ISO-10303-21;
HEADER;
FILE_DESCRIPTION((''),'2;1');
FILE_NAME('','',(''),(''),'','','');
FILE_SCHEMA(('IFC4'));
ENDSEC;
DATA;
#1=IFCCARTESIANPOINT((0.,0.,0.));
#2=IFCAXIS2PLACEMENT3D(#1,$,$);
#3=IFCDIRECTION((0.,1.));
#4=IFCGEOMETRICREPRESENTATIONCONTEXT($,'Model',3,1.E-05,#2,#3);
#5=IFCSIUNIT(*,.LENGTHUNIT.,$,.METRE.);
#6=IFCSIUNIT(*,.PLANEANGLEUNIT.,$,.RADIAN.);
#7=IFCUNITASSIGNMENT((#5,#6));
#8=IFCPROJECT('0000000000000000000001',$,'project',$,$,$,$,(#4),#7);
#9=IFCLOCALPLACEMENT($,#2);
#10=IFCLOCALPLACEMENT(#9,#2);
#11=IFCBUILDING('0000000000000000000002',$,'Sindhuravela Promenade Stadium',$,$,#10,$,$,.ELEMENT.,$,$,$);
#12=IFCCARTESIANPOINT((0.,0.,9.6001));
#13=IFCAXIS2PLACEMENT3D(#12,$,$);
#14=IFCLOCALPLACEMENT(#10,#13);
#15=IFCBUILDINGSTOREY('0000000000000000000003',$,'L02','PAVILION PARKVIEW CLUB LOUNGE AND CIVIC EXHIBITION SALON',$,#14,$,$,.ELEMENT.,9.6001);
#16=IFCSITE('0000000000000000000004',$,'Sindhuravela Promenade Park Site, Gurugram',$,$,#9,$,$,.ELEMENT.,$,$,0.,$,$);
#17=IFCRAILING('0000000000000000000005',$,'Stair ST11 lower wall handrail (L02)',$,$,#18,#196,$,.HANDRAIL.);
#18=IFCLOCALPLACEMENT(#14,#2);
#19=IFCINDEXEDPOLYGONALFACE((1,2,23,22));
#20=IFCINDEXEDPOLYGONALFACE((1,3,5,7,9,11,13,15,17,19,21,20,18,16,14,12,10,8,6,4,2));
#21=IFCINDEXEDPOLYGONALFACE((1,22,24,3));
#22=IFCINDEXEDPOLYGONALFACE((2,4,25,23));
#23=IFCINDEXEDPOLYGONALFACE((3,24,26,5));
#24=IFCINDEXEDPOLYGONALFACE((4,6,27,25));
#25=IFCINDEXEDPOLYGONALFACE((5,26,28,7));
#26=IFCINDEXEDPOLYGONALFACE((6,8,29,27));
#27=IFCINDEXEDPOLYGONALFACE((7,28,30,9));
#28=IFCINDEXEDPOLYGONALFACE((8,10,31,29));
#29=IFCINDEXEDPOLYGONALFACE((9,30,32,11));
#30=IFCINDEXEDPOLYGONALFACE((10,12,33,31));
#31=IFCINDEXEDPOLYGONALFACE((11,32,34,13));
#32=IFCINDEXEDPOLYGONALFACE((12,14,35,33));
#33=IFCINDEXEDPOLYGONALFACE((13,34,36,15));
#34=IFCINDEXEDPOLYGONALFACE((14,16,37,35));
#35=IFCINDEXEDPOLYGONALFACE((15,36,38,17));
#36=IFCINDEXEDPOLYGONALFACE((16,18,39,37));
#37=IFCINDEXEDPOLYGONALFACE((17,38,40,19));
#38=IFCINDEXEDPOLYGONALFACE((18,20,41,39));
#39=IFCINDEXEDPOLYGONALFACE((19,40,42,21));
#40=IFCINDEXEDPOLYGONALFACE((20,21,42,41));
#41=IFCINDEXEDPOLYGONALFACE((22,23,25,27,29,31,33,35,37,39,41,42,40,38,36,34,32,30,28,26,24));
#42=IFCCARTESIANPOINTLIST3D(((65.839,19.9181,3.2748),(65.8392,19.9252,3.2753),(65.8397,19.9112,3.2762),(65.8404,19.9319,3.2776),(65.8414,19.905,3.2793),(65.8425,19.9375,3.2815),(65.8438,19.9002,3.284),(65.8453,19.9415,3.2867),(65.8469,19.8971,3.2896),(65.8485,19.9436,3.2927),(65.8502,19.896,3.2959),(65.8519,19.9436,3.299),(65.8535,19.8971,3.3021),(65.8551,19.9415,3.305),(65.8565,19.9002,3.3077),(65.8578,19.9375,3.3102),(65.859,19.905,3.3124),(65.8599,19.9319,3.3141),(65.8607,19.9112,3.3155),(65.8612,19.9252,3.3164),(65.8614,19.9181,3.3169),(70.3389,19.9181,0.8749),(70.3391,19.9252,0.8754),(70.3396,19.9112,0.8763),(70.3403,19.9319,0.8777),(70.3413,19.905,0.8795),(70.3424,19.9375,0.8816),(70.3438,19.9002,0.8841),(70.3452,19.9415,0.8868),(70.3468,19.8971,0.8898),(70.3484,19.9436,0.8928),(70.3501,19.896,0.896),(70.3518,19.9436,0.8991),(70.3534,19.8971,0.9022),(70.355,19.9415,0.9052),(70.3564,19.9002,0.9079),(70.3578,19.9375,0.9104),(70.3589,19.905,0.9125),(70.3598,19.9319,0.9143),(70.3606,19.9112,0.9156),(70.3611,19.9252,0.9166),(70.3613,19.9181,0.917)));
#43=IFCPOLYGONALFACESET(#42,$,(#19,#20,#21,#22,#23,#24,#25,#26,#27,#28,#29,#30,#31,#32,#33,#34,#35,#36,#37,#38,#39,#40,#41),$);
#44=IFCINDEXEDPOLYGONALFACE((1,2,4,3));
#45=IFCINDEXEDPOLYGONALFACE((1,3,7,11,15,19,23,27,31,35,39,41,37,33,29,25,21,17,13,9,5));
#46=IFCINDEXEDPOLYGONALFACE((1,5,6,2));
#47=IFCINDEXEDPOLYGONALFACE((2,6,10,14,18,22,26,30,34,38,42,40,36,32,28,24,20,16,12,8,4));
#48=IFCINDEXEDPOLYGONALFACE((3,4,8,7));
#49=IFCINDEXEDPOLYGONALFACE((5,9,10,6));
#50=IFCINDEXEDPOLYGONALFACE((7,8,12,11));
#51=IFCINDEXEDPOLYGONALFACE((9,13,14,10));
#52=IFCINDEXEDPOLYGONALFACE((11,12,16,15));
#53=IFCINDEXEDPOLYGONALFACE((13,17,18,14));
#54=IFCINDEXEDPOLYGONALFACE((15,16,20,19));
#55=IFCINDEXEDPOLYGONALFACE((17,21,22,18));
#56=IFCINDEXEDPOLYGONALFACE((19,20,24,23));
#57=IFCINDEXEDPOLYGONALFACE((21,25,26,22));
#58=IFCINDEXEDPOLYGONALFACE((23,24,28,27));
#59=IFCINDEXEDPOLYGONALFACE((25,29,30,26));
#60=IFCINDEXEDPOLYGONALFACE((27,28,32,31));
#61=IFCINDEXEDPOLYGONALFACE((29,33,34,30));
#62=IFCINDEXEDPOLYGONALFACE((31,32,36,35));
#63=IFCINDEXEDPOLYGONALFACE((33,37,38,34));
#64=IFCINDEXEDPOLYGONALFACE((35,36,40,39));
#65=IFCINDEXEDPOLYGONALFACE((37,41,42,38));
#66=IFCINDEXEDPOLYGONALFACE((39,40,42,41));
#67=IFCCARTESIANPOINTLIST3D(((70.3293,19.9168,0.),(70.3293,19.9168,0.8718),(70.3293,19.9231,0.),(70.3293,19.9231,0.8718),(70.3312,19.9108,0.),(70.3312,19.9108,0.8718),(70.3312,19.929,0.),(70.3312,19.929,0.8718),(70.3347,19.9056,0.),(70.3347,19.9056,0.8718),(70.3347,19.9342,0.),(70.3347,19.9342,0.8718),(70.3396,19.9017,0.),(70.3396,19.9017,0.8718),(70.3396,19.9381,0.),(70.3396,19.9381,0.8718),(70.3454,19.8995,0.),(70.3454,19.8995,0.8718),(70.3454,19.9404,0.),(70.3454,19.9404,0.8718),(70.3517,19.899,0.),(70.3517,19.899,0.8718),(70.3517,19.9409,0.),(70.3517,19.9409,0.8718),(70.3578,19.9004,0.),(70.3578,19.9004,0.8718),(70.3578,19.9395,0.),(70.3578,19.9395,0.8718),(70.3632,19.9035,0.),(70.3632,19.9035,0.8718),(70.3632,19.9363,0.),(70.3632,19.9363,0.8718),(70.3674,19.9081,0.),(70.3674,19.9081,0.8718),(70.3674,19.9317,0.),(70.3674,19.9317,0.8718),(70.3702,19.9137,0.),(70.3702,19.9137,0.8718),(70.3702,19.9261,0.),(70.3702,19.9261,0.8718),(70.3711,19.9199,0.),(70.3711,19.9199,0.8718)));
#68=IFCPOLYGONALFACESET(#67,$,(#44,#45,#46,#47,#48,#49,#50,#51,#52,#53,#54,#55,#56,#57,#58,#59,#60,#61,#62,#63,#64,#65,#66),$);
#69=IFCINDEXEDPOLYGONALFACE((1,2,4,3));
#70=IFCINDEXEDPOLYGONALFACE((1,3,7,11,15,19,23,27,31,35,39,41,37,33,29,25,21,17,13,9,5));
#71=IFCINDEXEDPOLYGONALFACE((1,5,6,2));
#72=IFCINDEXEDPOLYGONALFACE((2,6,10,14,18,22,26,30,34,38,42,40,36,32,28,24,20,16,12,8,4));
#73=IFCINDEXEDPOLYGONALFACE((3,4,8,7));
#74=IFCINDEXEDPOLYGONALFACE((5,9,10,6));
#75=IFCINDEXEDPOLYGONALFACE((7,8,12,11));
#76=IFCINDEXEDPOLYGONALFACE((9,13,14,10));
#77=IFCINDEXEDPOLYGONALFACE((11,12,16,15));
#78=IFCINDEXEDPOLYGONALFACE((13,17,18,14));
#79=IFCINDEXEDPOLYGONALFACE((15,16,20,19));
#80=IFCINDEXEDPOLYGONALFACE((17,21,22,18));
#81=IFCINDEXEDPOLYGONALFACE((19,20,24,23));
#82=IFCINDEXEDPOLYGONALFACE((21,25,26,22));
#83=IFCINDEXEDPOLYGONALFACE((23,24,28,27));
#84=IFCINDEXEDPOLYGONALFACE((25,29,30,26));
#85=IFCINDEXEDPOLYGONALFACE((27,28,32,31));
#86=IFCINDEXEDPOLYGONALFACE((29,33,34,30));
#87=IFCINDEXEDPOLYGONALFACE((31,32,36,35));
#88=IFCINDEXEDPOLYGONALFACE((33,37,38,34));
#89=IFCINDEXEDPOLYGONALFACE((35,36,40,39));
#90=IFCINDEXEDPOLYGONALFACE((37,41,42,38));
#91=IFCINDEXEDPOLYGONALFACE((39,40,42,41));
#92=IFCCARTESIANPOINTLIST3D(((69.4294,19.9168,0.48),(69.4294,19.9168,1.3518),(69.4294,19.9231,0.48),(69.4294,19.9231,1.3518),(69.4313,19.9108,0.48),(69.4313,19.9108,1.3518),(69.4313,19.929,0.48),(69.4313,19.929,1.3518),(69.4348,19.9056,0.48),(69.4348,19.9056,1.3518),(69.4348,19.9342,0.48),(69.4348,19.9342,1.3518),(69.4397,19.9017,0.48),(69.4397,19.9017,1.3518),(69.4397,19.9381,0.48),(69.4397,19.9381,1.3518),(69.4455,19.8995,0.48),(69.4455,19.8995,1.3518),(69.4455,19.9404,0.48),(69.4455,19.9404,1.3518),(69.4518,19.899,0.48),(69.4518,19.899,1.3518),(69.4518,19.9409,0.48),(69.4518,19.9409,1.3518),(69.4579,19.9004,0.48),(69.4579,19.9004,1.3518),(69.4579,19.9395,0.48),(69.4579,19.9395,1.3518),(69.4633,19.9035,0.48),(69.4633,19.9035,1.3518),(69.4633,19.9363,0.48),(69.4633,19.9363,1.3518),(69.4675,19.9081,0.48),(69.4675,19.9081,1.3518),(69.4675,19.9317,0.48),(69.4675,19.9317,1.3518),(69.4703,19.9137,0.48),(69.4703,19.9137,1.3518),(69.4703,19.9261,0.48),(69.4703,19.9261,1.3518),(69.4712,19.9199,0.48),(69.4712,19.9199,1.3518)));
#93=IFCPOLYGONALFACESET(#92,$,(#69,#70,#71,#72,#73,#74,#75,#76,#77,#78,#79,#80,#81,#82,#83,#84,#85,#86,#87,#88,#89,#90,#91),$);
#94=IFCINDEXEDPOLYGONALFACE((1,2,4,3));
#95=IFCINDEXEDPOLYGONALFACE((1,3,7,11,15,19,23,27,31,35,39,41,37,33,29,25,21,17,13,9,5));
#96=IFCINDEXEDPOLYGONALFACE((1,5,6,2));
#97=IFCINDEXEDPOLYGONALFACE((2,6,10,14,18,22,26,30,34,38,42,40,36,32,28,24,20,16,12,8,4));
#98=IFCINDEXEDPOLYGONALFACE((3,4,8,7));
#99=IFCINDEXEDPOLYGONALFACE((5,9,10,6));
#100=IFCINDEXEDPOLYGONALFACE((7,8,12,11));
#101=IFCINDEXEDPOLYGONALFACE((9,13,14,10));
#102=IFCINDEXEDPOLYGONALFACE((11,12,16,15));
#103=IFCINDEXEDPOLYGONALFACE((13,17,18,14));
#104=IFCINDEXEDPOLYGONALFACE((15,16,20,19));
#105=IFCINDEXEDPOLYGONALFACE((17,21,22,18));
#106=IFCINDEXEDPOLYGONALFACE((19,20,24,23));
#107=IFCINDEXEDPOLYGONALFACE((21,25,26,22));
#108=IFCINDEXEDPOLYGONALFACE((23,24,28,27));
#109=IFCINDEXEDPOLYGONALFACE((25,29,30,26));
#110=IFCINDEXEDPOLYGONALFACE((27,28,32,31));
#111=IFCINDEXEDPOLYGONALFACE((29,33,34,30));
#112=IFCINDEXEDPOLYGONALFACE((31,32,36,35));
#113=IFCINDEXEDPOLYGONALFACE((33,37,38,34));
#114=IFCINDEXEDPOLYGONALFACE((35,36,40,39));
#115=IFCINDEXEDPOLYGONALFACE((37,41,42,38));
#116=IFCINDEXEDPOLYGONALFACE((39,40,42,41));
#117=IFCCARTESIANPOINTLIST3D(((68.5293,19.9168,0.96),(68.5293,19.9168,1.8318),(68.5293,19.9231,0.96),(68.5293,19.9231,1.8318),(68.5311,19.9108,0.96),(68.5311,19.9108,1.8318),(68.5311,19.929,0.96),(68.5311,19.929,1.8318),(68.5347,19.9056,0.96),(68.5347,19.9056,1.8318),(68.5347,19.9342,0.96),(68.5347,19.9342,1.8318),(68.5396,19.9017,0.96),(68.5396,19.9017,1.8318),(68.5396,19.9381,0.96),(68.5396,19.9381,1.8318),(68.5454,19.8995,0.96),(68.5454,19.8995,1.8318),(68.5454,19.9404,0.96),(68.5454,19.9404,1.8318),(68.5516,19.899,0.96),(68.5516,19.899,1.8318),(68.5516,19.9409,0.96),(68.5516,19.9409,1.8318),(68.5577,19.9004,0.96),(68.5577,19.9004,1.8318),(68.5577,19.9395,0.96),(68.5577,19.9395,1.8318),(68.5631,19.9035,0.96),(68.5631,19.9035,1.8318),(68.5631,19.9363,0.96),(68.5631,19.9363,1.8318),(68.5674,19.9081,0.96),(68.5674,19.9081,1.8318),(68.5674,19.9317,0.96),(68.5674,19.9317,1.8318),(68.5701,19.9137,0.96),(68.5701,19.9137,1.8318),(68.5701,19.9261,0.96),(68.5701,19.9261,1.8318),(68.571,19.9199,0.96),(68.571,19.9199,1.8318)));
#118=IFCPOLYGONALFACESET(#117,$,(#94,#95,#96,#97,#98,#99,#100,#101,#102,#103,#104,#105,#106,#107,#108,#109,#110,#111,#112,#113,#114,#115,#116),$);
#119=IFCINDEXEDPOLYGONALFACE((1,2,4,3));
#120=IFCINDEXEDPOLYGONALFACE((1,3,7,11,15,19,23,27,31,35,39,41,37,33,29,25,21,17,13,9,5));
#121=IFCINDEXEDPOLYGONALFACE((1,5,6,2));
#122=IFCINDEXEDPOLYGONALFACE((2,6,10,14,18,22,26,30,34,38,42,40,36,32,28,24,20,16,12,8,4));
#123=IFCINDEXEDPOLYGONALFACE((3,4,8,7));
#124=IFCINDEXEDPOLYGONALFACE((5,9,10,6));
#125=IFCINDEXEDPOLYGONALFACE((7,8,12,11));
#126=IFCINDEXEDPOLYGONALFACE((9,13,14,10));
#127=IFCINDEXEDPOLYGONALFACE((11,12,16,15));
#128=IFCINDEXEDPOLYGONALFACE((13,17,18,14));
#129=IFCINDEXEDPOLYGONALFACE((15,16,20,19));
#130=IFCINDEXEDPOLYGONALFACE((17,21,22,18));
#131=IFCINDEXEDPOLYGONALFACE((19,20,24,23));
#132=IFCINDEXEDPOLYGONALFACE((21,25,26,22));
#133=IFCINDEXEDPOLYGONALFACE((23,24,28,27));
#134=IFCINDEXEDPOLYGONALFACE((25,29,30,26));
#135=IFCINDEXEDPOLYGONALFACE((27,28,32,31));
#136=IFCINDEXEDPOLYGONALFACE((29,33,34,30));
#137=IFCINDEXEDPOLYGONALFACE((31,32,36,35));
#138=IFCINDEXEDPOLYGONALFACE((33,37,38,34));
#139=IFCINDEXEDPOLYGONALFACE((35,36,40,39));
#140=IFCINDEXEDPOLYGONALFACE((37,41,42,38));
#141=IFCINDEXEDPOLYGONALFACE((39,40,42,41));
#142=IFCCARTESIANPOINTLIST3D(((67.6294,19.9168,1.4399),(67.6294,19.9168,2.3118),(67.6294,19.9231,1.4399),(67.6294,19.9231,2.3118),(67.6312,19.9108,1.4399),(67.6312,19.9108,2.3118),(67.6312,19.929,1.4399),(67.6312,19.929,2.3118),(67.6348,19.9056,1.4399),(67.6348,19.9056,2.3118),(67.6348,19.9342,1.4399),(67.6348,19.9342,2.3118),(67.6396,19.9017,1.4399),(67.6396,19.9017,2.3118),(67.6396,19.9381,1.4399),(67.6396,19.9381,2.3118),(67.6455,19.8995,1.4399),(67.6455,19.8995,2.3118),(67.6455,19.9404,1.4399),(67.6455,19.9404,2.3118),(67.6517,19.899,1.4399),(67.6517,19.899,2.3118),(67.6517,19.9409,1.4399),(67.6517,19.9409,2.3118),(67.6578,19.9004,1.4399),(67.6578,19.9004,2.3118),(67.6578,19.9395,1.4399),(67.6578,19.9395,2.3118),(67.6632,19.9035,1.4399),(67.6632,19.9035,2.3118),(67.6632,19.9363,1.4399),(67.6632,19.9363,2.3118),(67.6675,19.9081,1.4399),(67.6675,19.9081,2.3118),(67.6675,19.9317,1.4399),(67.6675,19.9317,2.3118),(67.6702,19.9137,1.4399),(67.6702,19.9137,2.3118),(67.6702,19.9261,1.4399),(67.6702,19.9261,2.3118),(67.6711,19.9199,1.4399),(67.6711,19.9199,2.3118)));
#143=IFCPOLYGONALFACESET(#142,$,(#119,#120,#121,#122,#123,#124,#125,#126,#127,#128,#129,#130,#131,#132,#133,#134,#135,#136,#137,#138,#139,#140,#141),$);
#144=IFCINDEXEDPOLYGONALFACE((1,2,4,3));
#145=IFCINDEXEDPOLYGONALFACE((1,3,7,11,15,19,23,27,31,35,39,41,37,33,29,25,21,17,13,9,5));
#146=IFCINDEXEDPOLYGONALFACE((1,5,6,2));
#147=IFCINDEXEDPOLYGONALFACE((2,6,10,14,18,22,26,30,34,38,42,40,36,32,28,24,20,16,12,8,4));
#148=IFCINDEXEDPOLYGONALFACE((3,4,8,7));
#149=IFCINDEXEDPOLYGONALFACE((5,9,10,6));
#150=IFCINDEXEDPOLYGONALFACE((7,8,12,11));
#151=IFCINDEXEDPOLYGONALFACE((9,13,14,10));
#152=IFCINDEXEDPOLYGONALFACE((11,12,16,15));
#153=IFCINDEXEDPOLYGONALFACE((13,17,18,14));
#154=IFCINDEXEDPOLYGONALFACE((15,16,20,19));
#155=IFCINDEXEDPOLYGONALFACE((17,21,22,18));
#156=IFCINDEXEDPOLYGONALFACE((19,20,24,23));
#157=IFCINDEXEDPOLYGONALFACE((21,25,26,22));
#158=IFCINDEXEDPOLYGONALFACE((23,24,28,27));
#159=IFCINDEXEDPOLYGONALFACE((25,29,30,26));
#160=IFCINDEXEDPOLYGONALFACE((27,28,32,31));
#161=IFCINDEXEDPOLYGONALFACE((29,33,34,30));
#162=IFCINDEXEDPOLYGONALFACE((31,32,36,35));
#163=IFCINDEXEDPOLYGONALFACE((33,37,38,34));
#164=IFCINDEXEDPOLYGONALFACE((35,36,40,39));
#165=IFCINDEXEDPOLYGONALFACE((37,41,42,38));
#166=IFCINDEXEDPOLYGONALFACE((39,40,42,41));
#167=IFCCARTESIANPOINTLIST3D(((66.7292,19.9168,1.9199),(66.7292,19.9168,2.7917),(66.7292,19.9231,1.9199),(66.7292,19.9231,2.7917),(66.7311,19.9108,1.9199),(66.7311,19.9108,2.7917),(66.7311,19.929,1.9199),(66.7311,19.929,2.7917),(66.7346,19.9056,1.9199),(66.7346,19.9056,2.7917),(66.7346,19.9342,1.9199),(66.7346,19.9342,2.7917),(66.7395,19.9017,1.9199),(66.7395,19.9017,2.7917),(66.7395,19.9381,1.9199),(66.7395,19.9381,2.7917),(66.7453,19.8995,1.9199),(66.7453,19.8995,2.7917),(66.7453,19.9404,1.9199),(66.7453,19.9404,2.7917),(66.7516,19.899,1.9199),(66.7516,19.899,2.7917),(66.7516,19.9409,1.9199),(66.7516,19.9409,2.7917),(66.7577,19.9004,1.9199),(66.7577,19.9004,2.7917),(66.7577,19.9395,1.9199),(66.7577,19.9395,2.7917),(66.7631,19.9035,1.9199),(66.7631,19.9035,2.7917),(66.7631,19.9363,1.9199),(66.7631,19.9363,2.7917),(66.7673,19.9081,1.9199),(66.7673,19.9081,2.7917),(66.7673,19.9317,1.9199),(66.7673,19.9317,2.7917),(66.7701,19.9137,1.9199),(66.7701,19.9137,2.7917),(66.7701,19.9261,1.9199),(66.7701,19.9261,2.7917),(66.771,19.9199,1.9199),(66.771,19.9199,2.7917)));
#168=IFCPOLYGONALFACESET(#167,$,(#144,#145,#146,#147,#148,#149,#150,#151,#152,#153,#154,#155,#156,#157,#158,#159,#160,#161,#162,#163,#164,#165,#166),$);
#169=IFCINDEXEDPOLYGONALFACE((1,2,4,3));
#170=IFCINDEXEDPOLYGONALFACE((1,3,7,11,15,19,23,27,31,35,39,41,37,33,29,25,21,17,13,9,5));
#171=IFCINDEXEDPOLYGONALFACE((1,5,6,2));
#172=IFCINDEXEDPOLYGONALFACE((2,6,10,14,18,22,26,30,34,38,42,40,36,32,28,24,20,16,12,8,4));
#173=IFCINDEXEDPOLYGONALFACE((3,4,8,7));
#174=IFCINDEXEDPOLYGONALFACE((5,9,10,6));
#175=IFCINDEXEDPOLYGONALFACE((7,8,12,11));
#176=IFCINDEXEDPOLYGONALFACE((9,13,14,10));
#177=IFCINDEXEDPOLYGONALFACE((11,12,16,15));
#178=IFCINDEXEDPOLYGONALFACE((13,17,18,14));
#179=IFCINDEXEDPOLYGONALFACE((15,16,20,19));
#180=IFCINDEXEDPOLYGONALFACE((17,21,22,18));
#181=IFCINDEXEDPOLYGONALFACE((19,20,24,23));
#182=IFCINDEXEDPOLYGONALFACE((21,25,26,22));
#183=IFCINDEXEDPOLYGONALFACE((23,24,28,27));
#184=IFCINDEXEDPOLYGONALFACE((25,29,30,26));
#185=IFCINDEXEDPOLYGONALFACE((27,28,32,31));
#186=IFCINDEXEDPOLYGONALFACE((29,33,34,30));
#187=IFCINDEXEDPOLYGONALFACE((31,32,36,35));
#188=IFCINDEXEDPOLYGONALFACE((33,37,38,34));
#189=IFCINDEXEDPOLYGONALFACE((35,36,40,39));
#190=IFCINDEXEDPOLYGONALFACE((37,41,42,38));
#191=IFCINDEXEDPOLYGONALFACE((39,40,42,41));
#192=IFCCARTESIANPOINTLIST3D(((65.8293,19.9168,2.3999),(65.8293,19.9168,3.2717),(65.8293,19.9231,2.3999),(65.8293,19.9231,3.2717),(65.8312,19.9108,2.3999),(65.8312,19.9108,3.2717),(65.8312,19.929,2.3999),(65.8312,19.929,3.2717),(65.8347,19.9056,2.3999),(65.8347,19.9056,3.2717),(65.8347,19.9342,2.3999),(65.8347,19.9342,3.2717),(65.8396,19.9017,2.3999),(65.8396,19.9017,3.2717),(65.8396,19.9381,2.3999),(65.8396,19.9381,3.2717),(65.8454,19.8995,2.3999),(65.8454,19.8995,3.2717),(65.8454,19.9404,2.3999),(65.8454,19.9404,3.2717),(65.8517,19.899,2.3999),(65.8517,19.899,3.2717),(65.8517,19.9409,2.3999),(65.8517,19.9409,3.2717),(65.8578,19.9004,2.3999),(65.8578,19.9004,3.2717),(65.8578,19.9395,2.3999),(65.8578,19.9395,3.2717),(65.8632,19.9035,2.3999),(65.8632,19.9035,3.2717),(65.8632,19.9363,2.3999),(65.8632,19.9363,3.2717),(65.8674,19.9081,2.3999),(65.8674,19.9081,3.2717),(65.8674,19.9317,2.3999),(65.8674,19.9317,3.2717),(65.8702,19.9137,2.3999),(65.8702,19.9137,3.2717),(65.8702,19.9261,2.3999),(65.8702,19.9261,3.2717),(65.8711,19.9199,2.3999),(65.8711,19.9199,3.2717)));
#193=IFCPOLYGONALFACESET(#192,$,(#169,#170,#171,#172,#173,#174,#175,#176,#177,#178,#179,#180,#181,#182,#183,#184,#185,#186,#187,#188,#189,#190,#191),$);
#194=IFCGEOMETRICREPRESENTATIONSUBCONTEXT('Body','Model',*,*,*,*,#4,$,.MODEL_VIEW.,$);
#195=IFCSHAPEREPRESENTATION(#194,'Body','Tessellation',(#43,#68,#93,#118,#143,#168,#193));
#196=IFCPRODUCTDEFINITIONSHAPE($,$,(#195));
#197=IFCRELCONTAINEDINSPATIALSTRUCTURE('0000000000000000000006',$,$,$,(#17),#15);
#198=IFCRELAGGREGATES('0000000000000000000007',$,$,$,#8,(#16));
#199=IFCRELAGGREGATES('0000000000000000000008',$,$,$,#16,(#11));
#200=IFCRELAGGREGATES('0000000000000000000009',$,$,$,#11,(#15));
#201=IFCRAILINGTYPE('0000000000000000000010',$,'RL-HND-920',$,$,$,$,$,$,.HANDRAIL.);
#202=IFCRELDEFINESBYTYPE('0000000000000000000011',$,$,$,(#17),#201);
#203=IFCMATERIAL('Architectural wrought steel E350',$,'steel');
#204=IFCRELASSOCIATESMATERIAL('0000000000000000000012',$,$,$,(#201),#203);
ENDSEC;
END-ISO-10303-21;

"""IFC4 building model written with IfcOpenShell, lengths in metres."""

from ifc_helpers import new_model, si_unit, direction, frame, origin, origin_2d, place, context, subcontext, project, spatial, circle, extrude, material, type_object, element, save


model = new_model("IFC4")

# Units and contexts
model_context = context("Model", 3, precision=1e-05, world=origin(), true_north=direction((0.0, 1.0)))
body_context = subcontext(model_context, "Body", "Model", "MODEL_VIEW")
ifc_project = project(units=[si_unit("LENGTHUNIT", "METRE"), si_unit("PLANEANGLEUNIT", "RADIAN")], contexts=[model_context])

# Site, building, storey
site_placement = place(None, origin())
site = spatial("IfcSite", under=ifc_project, at=site_placement, Name="Sindhuravela Promenade Park Site, Gurugram", CompositionType="ELEMENT", RefElevation=0.0)
building_placement = place(site_placement, origin())
building = spatial("IfcBuilding", under=site, at=building_placement, Name="Sindhuravela Promenade Stadium", CompositionType="ELEMENT")
storey_placement = place(building_placement, frame((0.0, 0.0, 9.6001)))
storey = spatial("IfcBuildingStorey", under=building, at=storey_placement, Name="L02", Description="PAVILION PARKVIEW CLUB LOUNGE AND CIVIC EXHIBITION SALON", CompositionType="ELEMENT", Elevation=9.6001)

# Shared definitions
ifc_material_1 = material(Name="Architectural wrought steel E350", Category="steel")

# Railing
railing_type_1 = type_object("IfcRailingType", Name="RL-HND-920", PredefinedType="HANDRAIL", material=ifc_material_1)
railing_1_placement = place(storey_placement, frame((70.3501, 19.9199, 0.0)))
element("IfcRailing", 1, at=railing_1_placement, inside=storey, type_object=railing_type_1, Name="Stair ST11 lower wall handrail (L02)", PredefinedType="HANDRAIL", context=body_context, shape_type="SweptSolid", body=[
    extrude(circle(Radius=0.0239, at=origin_2d()), frame((0.0, 0.0, 0.896), z_axis=(-0.882361, 0.0, 0.470573), x_axis=(0.0, -1.0, 0.0)), (0.0, 0.0, 1.0), 5.0999),
    extrude(circle(Radius=0.021, at=origin_2d()), origin(), (0.0, 0.0, 1.0), 0.8718),
    extrude(circle(Radius=0.021, at=origin_2d()), frame((-0.8999, 0.0, 0.48)), (0.0, 0.0, 1.0), 0.8718),
    extrude(circle(Radius=0.021, at=origin_2d()), frame((-1.8, 0.0, 0.96)), (0.0, 0.0, 1.0), 0.8718),
    extrude(circle(Radius=0.021, at=origin_2d()), frame((-2.7, 0.0, 1.4399)), (0.0, 0.0, 1.0), 0.8718),
    extrude(circle(Radius=0.021, at=origin_2d()), frame((-3.6001, 0.0, 1.9199)), (0.0, 0.0, 1.0), 0.8718),
    extrude(circle(Radius=0.021, at=origin_2d()), frame((-4.5, 0.0, 2.3999)), (0.0, 0.0, 1.0), 0.8718),
])

save(model, "model.ifc")
